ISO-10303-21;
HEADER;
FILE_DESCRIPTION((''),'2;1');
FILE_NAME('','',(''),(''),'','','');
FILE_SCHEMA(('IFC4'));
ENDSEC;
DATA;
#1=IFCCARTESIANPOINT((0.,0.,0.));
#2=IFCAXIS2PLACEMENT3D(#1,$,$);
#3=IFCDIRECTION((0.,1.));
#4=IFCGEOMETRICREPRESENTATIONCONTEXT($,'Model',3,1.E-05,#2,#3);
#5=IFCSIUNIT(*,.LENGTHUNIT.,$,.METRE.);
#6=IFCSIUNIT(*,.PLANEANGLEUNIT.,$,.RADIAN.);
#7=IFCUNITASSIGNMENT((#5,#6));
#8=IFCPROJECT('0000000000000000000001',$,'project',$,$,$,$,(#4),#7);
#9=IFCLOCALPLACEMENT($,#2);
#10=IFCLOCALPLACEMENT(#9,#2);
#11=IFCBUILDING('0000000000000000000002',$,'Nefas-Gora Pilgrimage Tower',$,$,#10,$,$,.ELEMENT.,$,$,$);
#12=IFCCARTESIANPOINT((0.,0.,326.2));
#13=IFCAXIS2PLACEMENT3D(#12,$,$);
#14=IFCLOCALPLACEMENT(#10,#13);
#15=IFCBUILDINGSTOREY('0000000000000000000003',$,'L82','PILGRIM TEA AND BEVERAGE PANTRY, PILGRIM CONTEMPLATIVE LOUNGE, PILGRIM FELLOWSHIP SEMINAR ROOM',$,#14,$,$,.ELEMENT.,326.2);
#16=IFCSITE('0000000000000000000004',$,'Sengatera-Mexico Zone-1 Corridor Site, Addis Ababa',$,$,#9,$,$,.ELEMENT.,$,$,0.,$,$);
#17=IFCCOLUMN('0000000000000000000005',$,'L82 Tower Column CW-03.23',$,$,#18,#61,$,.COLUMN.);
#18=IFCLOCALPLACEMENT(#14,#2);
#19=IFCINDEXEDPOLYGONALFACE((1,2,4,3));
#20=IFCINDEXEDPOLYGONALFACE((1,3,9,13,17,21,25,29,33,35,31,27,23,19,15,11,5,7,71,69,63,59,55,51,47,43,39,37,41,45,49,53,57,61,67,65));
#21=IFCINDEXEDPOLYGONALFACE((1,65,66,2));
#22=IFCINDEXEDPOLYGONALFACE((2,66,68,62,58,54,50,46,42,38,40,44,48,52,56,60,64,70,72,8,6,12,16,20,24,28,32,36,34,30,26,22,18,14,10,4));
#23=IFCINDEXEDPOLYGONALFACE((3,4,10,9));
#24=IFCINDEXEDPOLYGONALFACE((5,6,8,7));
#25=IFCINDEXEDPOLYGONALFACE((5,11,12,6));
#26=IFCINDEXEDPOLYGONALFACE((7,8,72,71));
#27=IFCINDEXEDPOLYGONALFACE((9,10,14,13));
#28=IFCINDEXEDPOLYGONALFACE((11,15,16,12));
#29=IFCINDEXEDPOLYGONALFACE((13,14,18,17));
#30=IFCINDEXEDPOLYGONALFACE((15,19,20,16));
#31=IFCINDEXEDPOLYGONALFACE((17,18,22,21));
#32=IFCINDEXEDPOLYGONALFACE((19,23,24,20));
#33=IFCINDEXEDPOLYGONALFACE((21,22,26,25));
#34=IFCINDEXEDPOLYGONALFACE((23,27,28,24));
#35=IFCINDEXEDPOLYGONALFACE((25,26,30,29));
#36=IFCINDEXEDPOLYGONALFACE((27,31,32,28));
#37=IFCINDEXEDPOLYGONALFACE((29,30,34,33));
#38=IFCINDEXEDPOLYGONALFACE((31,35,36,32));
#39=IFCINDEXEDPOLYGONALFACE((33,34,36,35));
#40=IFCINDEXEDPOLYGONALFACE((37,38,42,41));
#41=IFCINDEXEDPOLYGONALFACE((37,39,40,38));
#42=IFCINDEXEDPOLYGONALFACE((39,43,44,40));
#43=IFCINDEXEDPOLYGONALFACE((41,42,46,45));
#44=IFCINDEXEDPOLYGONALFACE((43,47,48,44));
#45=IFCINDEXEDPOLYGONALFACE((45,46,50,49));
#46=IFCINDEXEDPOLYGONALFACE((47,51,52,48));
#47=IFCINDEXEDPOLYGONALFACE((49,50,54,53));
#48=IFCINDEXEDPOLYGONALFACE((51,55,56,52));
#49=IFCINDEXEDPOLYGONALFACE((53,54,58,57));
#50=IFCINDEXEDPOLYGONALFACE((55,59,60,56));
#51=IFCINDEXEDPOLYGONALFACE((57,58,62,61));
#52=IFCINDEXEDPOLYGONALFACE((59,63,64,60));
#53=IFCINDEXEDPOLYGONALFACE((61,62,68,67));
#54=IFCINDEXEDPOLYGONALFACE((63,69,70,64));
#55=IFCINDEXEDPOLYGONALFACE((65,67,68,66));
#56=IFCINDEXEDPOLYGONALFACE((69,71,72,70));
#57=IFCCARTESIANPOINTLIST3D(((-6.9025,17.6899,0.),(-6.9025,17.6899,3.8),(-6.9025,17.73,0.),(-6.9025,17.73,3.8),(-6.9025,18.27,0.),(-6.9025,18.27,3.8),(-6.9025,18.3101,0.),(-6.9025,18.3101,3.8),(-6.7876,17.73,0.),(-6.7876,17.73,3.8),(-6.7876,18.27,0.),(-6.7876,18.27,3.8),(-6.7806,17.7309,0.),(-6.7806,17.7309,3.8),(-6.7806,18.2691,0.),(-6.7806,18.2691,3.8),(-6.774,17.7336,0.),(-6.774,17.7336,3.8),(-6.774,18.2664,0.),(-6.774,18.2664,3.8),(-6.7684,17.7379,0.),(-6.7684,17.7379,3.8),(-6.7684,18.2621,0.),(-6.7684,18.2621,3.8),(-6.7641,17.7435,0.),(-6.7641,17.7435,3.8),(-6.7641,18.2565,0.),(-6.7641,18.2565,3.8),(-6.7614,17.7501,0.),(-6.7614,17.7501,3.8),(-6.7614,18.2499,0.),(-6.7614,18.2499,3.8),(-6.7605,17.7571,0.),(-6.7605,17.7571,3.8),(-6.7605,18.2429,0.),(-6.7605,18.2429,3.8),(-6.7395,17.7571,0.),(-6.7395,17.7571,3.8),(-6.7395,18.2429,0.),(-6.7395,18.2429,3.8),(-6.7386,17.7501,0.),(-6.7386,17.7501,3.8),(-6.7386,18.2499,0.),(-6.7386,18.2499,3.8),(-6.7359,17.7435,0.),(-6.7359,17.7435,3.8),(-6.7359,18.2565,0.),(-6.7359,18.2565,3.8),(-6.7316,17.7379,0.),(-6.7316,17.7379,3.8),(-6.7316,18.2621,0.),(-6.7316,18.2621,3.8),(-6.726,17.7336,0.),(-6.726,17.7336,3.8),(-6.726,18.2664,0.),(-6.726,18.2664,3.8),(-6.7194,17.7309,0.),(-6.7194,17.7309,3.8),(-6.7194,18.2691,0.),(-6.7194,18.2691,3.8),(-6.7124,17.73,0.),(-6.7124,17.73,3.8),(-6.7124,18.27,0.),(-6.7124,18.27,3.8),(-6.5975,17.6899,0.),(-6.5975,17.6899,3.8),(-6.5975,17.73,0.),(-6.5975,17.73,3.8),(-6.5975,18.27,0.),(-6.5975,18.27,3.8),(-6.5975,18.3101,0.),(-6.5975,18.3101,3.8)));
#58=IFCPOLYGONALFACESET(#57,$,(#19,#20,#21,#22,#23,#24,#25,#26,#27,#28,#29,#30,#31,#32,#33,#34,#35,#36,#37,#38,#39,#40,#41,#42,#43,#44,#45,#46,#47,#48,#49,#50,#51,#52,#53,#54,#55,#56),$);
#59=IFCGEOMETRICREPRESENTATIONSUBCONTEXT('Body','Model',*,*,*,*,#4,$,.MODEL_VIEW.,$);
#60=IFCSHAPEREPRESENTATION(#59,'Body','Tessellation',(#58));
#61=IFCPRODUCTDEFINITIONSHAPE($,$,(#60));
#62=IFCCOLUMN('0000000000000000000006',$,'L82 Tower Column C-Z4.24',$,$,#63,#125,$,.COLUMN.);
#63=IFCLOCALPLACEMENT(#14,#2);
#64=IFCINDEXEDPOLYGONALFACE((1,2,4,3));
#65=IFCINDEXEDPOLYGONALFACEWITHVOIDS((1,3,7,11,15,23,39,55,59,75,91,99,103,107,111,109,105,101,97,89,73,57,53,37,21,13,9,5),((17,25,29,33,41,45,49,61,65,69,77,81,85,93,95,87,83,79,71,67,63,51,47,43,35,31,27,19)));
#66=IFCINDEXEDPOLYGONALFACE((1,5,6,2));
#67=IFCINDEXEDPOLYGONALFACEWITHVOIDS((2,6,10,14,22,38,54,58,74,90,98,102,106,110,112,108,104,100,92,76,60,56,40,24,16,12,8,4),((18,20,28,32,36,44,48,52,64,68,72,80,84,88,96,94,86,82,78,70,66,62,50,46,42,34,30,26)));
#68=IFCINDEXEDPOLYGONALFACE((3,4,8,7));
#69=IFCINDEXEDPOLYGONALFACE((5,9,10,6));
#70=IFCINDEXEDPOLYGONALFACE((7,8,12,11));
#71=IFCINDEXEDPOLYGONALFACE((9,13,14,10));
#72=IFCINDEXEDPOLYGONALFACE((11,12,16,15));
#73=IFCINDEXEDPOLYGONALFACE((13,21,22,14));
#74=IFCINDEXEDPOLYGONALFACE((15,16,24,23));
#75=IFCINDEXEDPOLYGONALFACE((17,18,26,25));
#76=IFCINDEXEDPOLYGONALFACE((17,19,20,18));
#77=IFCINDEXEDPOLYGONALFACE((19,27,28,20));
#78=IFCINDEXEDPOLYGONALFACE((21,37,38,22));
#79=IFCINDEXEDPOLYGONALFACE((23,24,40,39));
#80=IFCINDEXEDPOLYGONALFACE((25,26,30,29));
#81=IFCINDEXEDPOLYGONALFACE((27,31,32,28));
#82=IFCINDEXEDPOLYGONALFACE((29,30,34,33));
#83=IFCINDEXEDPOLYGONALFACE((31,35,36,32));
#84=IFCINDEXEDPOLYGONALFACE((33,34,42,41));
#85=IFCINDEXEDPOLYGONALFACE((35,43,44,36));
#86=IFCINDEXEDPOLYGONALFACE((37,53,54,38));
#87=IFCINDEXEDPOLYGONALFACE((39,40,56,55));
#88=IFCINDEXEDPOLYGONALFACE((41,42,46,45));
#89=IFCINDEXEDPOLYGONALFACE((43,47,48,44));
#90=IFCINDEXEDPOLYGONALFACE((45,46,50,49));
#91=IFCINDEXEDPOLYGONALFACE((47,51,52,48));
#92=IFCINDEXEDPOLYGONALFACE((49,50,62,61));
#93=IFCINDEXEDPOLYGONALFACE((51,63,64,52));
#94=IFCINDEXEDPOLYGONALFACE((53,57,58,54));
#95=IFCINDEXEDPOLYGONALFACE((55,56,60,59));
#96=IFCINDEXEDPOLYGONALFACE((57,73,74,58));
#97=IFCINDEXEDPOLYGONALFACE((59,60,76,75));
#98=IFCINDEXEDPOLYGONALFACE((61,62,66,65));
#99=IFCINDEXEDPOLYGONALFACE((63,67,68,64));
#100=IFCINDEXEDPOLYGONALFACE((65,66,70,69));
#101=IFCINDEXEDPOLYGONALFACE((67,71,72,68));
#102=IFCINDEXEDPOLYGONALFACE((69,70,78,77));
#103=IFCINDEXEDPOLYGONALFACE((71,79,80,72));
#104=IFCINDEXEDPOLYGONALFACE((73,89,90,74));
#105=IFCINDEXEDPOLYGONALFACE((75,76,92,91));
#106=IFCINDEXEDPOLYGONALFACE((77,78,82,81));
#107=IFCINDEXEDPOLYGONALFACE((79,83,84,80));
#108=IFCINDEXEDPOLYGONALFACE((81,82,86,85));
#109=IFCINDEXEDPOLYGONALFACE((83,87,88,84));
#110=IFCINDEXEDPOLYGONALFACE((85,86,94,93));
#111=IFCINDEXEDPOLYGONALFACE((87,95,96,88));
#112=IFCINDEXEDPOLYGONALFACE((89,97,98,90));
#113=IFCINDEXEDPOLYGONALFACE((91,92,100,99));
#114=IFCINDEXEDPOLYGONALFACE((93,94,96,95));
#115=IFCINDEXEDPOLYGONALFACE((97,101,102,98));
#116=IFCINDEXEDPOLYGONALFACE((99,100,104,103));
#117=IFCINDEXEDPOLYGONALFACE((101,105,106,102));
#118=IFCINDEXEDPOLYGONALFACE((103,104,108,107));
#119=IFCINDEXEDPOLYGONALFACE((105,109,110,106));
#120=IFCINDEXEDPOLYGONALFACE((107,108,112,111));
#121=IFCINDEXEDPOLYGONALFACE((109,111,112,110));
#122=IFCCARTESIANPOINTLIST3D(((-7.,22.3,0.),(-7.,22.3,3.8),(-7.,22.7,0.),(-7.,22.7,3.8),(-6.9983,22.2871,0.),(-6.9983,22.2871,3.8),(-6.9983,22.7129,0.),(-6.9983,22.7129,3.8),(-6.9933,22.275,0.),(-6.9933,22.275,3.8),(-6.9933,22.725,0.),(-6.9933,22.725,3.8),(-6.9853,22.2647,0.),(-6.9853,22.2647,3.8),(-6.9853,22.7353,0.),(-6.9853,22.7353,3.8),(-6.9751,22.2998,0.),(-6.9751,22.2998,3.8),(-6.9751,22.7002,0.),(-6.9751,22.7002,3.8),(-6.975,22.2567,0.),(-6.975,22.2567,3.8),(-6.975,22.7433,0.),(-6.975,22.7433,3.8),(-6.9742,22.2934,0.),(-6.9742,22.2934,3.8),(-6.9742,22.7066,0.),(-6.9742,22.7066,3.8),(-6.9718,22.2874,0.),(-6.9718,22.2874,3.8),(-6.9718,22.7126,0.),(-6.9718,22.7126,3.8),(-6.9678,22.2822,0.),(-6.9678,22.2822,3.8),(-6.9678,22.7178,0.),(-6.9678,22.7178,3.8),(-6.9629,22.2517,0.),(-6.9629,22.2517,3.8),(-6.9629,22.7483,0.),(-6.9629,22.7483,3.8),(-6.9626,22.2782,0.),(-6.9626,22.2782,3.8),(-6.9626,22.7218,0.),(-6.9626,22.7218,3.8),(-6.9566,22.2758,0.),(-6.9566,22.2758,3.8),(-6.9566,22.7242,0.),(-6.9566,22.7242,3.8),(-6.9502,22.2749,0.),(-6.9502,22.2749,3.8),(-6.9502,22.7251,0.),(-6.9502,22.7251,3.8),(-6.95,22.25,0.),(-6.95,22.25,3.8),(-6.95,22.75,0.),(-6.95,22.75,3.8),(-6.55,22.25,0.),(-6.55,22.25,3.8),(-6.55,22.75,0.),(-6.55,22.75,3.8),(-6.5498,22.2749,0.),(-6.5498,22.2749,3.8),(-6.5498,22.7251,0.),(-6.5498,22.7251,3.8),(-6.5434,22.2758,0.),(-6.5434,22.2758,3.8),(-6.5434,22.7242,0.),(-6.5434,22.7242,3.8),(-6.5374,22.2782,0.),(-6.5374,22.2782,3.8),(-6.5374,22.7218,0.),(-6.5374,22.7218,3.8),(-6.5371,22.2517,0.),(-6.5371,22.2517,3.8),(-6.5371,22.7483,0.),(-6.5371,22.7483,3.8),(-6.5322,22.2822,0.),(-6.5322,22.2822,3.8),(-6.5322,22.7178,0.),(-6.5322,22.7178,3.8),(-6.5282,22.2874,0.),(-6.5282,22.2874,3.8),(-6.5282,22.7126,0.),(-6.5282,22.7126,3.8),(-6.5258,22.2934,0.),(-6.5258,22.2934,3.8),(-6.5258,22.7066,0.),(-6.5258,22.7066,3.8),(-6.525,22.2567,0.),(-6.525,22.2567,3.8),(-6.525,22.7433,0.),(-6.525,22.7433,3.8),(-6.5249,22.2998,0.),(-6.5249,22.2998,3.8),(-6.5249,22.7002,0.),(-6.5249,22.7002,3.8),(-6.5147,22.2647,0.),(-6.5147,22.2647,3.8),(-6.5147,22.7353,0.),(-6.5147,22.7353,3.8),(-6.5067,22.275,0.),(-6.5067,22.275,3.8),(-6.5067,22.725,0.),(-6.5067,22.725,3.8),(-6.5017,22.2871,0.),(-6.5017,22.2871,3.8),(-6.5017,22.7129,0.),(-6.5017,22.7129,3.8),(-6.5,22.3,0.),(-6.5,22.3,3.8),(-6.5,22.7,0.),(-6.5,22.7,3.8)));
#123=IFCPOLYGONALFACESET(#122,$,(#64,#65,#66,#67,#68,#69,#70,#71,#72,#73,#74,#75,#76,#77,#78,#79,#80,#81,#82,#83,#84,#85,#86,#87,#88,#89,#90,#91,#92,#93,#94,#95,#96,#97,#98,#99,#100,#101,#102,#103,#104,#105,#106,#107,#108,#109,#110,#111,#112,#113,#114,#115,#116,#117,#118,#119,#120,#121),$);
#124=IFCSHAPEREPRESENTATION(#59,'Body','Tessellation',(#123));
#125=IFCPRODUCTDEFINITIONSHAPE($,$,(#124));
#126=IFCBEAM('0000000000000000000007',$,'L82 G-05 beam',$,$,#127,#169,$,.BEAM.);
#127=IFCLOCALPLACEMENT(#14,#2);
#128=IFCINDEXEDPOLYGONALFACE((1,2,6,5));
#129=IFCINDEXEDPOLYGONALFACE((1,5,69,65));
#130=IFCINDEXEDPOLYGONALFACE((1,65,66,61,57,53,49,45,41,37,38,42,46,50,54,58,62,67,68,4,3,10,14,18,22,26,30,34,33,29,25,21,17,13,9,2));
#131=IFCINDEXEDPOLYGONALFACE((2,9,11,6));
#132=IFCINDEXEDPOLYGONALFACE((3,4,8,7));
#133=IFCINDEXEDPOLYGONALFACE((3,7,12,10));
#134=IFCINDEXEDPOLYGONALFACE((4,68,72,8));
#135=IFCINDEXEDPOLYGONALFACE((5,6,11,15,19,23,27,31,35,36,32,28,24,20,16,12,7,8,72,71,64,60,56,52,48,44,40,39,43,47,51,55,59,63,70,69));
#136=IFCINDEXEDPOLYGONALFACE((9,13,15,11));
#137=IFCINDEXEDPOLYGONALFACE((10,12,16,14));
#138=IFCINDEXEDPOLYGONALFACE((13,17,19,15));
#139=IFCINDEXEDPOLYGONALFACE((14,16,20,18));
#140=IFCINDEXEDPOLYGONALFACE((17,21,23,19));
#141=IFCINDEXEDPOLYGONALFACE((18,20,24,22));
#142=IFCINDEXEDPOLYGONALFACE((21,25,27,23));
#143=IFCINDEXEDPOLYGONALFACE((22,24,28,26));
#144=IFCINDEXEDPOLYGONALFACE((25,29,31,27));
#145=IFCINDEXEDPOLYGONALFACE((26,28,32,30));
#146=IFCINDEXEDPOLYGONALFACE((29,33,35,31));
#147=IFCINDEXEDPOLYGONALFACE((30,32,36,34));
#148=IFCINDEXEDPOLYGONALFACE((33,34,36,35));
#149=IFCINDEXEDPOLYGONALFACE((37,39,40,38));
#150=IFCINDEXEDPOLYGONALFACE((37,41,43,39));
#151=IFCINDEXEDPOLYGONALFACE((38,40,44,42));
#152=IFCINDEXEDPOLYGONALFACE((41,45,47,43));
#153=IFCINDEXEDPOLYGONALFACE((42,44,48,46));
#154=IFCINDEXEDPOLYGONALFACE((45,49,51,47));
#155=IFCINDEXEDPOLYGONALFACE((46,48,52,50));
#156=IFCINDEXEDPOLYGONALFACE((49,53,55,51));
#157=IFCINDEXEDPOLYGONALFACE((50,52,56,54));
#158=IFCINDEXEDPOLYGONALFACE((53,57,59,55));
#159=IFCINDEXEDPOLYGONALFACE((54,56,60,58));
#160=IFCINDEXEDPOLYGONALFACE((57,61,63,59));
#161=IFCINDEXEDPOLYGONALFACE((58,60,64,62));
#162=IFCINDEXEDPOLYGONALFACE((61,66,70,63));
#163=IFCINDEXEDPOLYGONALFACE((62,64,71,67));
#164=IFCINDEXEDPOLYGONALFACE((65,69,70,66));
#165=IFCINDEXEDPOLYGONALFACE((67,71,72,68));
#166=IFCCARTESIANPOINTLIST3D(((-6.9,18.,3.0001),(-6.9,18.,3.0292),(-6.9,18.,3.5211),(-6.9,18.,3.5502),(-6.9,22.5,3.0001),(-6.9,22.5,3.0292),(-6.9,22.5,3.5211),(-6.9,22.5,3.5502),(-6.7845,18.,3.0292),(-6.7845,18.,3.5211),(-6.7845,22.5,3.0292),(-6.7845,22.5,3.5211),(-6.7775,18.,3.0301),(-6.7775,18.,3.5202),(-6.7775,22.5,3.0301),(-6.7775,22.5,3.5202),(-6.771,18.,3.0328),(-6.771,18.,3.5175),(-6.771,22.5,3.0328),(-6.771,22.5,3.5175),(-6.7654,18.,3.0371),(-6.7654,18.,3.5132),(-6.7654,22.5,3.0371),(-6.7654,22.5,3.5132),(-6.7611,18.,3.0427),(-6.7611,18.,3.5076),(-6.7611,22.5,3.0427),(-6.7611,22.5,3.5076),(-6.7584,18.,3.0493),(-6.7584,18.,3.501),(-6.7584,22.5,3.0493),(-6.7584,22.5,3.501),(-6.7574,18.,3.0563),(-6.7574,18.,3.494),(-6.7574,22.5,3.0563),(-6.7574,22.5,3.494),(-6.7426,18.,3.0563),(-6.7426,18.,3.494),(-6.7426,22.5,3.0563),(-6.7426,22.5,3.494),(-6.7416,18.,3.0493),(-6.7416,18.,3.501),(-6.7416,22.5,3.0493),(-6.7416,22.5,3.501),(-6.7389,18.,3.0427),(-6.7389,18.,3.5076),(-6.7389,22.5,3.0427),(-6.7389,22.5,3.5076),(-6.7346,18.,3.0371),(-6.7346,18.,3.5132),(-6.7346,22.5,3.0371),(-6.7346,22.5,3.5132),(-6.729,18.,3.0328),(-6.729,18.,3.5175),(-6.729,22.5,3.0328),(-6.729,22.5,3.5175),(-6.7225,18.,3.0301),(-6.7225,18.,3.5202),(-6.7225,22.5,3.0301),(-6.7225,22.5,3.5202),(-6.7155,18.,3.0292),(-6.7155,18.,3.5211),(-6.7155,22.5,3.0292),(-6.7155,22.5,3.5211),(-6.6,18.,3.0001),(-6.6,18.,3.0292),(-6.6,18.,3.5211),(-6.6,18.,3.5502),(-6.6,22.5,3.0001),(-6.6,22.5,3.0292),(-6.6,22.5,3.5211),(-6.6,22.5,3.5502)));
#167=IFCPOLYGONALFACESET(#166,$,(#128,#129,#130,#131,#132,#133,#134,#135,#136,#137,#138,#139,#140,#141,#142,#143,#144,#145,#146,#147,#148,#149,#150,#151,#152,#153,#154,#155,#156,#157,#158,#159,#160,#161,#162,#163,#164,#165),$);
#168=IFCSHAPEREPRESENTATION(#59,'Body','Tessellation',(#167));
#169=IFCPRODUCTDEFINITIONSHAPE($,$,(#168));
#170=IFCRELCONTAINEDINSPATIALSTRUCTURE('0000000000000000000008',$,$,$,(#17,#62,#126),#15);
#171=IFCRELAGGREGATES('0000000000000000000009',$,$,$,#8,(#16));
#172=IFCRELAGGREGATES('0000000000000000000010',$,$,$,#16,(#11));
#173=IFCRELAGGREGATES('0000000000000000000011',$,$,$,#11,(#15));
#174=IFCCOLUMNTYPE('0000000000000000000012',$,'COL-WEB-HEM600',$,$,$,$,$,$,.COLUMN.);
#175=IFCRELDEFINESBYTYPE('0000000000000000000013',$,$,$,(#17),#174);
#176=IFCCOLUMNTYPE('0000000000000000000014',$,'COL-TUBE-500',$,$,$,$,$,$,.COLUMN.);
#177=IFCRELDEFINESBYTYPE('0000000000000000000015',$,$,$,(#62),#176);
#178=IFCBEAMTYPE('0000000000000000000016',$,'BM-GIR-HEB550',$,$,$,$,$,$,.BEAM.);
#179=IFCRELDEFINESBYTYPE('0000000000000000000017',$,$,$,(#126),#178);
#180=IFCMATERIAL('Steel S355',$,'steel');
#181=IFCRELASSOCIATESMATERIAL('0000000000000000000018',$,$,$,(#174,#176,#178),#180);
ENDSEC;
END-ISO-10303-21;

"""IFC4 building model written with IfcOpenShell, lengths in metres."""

from ifc_helpers import new_model, si_unit, direction, frame, origin, origin_2d, place, context, subcontext, project, spatial, hollow_rectangle, i_section, extrude, source, transform, mapped, material, material_profile, profile_set, type_object, element, save


model = new_model("IFC4")

# Units and contexts
model_context = context("Model", 3, precision=1e-05, world=origin(), true_north=direction((0.0, 1.0)))
body_context = subcontext(model_context, "Body", "Model", "MODEL_VIEW")
ifc_project = project(units=[si_unit("LENGTHUNIT", "METRE"), si_unit("PLANEANGLEUNIT", "RADIAN")], contexts=[model_context])

# Site, building, storey
site_placement = place(None, origin())
site = spatial("IfcSite", under=ifc_project, at=site_placement, Name="Sengatera-Mexico Zone-1 Corridor Site, Addis Ababa", CompositionType="ELEMENT", RefElevation=0.0)
building_placement = place(site_placement, origin())
building = spatial("IfcBuilding", under=site, at=building_placement, Name="Nefas-Gora Pilgrimage Tower", CompositionType="ELEMENT")
storey_placement = place(building_placement, frame((0.0, 0.0, 326.2)))
storey = spatial("IfcBuildingStorey", under=building, at=storey_placement, Name="L82", Description="PILGRIM TEA AND BEVERAGE PANTRY, PILGRIM CONTEMPLATIVE LOUNGE, PILGRIM FELLOWSHIP SEMINAR ROOM", CompositionType="ELEMENT", Elevation=326.2)

# Columns
ifc_material_1 = material(Name="Steel S355", Category="steel")
ifc_material_profile_1 = material_profile(ifc_material_1, i_section(OverallWidth=0.3049, OverallDepth=0.6201, WebThickness=0.021, FlangeThickness=0.04, FilletRadius=0.0271, at=origin_2d()), Name="HEM 600")
ifc_profile_set_1 = profile_set([ifc_material_profile_1], Name="Steel S355")
column_type_1 = type_object("IfcColumnType", Name="COL-WEB-HEM600", PredefinedType="COLUMN", material=ifc_profile_set_1)
shared_shape_1 = source(origin(), body_context, "Body", "SweptSolid", [
    extrude(i_section(OverallWidth=0.3049, OverallDepth=0.6201, WebThickness=0.021, FlangeThickness=0.04, FilletRadius=0.0271, at=origin_2d()), origin(), (0.0, 0.0, 1.0), 3.8),
])
column_1_placement = place(storey_placement, frame((-6.75, 18.0, 0.0), z_axis=(0.0, 0.0, 1.0), x_axis=(1.0, 0.0, 0.0)))
element("IfcColumn", 1, at=column_1_placement, inside=storey, type_object=column_type_1, Name="L82 Tower Column CW-03.23", PredefinedType="COLUMN", context=body_context, shape_type="MappedRepresentation", body=[
    mapped(shared_shape_1, transform((0.0, 0.0, 0.0), x_axis=(1.0, 0.0, 0.0), y_axis=(0.0, 1.0, 0.0), z_axis=(0.0, 0.0, 1.0), scale=1.0)),
])
ifc_material_profile_2 = material_profile(ifc_material_1, hollow_rectangle(XDim=0.5, YDim=0.5, WallThickness=0.0249, InnerFilletRadius=0.0249, OuterFilletRadius=0.05, at=origin_2d()), Name="SHS 500x500x25")
ifc_profile_set_2 = profile_set([ifc_material_profile_2], Name="Steel S355")
column_type_2 = type_object("IfcColumnType", Name="COL-TUBE-500", PredefinedType="COLUMN", material=ifc_profile_set_2)
shared_shape_2 = source(origin(), body_context, "Body", "SweptSolid", [
    extrude(hollow_rectangle(XDim=0.5, YDim=0.5, WallThickness=0.0249, InnerFilletRadius=0.0249, OuterFilletRadius=0.05, at=origin_2d()), origin(), (0.0, 0.0, 1.0), 3.8),
])
column_2_placement = place(storey_placement, frame((-6.75, 22.5, 0.0), z_axis=(0.0, 0.0, 1.0), x_axis=(1.0, 0.0, 0.0)))
element("IfcColumn", 2, at=column_2_placement, inside=storey, type_object=column_type_2, Name="L82 Tower Column C-Z4.24", PredefinedType="COLUMN", context=body_context, shape_type="MappedRepresentation", body=[
    mapped(shared_shape_2, transform((0.0, 0.0, 0.0), x_axis=(1.0, 0.0, 0.0), y_axis=(0.0, 1.0, 0.0), z_axis=(0.0, 0.0, 1.0), scale=1.0)),
])

# Beam
ifc_material_profile_3 = material_profile(ifc_material_1, i_section(OverallWidth=0.3, OverallDepth=0.55, WebThickness=0.0149, FlangeThickness=0.0291, FilletRadius=0.0271, at=origin_2d()), Name="HEB 550")
ifc_profile_set_3 = profile_set([ifc_material_profile_3], Name="Steel S355")
beam_type = type_object("IfcBeamType", Name="BM-GIR-HEB550", PredefinedType="BEAM", material=ifc_profile_set_3)
shared_shape_3 = source(origin(), body_context, "Body", "SweptSolid", [
    extrude(i_section(OverallWidth=0.3, OverallDepth=0.55, WebThickness=0.0149, FlangeThickness=0.0291, FilletRadius=0.0271, at=origin_2d()), origin(), (0.0, 0.0, 1.0), 4.5),
])
for number, where, z_axis, x_axis, name in (
    (3, (-6.75, 18.0, 3.2751), (0.0, 1.0, 0.0), (-1.0, 0.0, 0.0), "L82 G-05 beam"),
):
    element("IfcBeam", number, at=place(storey_placement, frame(where, z_axis=z_axis, x_axis=x_axis)), inside=storey, type_object=beam_type, Name=name, PredefinedType="BEAM", context=body_context, shape_type="MappedRepresentation", body=[
        mapped(shared_shape_3, transform((0.0, 0.0, 0.0), x_axis=(1.0, 0.0, 0.0), y_axis=(0.0, 1.0, 0.0), z_axis=(0.0, 0.0, 1.0), scale=1.0)),
    ])

save(model, "model.ifc")
